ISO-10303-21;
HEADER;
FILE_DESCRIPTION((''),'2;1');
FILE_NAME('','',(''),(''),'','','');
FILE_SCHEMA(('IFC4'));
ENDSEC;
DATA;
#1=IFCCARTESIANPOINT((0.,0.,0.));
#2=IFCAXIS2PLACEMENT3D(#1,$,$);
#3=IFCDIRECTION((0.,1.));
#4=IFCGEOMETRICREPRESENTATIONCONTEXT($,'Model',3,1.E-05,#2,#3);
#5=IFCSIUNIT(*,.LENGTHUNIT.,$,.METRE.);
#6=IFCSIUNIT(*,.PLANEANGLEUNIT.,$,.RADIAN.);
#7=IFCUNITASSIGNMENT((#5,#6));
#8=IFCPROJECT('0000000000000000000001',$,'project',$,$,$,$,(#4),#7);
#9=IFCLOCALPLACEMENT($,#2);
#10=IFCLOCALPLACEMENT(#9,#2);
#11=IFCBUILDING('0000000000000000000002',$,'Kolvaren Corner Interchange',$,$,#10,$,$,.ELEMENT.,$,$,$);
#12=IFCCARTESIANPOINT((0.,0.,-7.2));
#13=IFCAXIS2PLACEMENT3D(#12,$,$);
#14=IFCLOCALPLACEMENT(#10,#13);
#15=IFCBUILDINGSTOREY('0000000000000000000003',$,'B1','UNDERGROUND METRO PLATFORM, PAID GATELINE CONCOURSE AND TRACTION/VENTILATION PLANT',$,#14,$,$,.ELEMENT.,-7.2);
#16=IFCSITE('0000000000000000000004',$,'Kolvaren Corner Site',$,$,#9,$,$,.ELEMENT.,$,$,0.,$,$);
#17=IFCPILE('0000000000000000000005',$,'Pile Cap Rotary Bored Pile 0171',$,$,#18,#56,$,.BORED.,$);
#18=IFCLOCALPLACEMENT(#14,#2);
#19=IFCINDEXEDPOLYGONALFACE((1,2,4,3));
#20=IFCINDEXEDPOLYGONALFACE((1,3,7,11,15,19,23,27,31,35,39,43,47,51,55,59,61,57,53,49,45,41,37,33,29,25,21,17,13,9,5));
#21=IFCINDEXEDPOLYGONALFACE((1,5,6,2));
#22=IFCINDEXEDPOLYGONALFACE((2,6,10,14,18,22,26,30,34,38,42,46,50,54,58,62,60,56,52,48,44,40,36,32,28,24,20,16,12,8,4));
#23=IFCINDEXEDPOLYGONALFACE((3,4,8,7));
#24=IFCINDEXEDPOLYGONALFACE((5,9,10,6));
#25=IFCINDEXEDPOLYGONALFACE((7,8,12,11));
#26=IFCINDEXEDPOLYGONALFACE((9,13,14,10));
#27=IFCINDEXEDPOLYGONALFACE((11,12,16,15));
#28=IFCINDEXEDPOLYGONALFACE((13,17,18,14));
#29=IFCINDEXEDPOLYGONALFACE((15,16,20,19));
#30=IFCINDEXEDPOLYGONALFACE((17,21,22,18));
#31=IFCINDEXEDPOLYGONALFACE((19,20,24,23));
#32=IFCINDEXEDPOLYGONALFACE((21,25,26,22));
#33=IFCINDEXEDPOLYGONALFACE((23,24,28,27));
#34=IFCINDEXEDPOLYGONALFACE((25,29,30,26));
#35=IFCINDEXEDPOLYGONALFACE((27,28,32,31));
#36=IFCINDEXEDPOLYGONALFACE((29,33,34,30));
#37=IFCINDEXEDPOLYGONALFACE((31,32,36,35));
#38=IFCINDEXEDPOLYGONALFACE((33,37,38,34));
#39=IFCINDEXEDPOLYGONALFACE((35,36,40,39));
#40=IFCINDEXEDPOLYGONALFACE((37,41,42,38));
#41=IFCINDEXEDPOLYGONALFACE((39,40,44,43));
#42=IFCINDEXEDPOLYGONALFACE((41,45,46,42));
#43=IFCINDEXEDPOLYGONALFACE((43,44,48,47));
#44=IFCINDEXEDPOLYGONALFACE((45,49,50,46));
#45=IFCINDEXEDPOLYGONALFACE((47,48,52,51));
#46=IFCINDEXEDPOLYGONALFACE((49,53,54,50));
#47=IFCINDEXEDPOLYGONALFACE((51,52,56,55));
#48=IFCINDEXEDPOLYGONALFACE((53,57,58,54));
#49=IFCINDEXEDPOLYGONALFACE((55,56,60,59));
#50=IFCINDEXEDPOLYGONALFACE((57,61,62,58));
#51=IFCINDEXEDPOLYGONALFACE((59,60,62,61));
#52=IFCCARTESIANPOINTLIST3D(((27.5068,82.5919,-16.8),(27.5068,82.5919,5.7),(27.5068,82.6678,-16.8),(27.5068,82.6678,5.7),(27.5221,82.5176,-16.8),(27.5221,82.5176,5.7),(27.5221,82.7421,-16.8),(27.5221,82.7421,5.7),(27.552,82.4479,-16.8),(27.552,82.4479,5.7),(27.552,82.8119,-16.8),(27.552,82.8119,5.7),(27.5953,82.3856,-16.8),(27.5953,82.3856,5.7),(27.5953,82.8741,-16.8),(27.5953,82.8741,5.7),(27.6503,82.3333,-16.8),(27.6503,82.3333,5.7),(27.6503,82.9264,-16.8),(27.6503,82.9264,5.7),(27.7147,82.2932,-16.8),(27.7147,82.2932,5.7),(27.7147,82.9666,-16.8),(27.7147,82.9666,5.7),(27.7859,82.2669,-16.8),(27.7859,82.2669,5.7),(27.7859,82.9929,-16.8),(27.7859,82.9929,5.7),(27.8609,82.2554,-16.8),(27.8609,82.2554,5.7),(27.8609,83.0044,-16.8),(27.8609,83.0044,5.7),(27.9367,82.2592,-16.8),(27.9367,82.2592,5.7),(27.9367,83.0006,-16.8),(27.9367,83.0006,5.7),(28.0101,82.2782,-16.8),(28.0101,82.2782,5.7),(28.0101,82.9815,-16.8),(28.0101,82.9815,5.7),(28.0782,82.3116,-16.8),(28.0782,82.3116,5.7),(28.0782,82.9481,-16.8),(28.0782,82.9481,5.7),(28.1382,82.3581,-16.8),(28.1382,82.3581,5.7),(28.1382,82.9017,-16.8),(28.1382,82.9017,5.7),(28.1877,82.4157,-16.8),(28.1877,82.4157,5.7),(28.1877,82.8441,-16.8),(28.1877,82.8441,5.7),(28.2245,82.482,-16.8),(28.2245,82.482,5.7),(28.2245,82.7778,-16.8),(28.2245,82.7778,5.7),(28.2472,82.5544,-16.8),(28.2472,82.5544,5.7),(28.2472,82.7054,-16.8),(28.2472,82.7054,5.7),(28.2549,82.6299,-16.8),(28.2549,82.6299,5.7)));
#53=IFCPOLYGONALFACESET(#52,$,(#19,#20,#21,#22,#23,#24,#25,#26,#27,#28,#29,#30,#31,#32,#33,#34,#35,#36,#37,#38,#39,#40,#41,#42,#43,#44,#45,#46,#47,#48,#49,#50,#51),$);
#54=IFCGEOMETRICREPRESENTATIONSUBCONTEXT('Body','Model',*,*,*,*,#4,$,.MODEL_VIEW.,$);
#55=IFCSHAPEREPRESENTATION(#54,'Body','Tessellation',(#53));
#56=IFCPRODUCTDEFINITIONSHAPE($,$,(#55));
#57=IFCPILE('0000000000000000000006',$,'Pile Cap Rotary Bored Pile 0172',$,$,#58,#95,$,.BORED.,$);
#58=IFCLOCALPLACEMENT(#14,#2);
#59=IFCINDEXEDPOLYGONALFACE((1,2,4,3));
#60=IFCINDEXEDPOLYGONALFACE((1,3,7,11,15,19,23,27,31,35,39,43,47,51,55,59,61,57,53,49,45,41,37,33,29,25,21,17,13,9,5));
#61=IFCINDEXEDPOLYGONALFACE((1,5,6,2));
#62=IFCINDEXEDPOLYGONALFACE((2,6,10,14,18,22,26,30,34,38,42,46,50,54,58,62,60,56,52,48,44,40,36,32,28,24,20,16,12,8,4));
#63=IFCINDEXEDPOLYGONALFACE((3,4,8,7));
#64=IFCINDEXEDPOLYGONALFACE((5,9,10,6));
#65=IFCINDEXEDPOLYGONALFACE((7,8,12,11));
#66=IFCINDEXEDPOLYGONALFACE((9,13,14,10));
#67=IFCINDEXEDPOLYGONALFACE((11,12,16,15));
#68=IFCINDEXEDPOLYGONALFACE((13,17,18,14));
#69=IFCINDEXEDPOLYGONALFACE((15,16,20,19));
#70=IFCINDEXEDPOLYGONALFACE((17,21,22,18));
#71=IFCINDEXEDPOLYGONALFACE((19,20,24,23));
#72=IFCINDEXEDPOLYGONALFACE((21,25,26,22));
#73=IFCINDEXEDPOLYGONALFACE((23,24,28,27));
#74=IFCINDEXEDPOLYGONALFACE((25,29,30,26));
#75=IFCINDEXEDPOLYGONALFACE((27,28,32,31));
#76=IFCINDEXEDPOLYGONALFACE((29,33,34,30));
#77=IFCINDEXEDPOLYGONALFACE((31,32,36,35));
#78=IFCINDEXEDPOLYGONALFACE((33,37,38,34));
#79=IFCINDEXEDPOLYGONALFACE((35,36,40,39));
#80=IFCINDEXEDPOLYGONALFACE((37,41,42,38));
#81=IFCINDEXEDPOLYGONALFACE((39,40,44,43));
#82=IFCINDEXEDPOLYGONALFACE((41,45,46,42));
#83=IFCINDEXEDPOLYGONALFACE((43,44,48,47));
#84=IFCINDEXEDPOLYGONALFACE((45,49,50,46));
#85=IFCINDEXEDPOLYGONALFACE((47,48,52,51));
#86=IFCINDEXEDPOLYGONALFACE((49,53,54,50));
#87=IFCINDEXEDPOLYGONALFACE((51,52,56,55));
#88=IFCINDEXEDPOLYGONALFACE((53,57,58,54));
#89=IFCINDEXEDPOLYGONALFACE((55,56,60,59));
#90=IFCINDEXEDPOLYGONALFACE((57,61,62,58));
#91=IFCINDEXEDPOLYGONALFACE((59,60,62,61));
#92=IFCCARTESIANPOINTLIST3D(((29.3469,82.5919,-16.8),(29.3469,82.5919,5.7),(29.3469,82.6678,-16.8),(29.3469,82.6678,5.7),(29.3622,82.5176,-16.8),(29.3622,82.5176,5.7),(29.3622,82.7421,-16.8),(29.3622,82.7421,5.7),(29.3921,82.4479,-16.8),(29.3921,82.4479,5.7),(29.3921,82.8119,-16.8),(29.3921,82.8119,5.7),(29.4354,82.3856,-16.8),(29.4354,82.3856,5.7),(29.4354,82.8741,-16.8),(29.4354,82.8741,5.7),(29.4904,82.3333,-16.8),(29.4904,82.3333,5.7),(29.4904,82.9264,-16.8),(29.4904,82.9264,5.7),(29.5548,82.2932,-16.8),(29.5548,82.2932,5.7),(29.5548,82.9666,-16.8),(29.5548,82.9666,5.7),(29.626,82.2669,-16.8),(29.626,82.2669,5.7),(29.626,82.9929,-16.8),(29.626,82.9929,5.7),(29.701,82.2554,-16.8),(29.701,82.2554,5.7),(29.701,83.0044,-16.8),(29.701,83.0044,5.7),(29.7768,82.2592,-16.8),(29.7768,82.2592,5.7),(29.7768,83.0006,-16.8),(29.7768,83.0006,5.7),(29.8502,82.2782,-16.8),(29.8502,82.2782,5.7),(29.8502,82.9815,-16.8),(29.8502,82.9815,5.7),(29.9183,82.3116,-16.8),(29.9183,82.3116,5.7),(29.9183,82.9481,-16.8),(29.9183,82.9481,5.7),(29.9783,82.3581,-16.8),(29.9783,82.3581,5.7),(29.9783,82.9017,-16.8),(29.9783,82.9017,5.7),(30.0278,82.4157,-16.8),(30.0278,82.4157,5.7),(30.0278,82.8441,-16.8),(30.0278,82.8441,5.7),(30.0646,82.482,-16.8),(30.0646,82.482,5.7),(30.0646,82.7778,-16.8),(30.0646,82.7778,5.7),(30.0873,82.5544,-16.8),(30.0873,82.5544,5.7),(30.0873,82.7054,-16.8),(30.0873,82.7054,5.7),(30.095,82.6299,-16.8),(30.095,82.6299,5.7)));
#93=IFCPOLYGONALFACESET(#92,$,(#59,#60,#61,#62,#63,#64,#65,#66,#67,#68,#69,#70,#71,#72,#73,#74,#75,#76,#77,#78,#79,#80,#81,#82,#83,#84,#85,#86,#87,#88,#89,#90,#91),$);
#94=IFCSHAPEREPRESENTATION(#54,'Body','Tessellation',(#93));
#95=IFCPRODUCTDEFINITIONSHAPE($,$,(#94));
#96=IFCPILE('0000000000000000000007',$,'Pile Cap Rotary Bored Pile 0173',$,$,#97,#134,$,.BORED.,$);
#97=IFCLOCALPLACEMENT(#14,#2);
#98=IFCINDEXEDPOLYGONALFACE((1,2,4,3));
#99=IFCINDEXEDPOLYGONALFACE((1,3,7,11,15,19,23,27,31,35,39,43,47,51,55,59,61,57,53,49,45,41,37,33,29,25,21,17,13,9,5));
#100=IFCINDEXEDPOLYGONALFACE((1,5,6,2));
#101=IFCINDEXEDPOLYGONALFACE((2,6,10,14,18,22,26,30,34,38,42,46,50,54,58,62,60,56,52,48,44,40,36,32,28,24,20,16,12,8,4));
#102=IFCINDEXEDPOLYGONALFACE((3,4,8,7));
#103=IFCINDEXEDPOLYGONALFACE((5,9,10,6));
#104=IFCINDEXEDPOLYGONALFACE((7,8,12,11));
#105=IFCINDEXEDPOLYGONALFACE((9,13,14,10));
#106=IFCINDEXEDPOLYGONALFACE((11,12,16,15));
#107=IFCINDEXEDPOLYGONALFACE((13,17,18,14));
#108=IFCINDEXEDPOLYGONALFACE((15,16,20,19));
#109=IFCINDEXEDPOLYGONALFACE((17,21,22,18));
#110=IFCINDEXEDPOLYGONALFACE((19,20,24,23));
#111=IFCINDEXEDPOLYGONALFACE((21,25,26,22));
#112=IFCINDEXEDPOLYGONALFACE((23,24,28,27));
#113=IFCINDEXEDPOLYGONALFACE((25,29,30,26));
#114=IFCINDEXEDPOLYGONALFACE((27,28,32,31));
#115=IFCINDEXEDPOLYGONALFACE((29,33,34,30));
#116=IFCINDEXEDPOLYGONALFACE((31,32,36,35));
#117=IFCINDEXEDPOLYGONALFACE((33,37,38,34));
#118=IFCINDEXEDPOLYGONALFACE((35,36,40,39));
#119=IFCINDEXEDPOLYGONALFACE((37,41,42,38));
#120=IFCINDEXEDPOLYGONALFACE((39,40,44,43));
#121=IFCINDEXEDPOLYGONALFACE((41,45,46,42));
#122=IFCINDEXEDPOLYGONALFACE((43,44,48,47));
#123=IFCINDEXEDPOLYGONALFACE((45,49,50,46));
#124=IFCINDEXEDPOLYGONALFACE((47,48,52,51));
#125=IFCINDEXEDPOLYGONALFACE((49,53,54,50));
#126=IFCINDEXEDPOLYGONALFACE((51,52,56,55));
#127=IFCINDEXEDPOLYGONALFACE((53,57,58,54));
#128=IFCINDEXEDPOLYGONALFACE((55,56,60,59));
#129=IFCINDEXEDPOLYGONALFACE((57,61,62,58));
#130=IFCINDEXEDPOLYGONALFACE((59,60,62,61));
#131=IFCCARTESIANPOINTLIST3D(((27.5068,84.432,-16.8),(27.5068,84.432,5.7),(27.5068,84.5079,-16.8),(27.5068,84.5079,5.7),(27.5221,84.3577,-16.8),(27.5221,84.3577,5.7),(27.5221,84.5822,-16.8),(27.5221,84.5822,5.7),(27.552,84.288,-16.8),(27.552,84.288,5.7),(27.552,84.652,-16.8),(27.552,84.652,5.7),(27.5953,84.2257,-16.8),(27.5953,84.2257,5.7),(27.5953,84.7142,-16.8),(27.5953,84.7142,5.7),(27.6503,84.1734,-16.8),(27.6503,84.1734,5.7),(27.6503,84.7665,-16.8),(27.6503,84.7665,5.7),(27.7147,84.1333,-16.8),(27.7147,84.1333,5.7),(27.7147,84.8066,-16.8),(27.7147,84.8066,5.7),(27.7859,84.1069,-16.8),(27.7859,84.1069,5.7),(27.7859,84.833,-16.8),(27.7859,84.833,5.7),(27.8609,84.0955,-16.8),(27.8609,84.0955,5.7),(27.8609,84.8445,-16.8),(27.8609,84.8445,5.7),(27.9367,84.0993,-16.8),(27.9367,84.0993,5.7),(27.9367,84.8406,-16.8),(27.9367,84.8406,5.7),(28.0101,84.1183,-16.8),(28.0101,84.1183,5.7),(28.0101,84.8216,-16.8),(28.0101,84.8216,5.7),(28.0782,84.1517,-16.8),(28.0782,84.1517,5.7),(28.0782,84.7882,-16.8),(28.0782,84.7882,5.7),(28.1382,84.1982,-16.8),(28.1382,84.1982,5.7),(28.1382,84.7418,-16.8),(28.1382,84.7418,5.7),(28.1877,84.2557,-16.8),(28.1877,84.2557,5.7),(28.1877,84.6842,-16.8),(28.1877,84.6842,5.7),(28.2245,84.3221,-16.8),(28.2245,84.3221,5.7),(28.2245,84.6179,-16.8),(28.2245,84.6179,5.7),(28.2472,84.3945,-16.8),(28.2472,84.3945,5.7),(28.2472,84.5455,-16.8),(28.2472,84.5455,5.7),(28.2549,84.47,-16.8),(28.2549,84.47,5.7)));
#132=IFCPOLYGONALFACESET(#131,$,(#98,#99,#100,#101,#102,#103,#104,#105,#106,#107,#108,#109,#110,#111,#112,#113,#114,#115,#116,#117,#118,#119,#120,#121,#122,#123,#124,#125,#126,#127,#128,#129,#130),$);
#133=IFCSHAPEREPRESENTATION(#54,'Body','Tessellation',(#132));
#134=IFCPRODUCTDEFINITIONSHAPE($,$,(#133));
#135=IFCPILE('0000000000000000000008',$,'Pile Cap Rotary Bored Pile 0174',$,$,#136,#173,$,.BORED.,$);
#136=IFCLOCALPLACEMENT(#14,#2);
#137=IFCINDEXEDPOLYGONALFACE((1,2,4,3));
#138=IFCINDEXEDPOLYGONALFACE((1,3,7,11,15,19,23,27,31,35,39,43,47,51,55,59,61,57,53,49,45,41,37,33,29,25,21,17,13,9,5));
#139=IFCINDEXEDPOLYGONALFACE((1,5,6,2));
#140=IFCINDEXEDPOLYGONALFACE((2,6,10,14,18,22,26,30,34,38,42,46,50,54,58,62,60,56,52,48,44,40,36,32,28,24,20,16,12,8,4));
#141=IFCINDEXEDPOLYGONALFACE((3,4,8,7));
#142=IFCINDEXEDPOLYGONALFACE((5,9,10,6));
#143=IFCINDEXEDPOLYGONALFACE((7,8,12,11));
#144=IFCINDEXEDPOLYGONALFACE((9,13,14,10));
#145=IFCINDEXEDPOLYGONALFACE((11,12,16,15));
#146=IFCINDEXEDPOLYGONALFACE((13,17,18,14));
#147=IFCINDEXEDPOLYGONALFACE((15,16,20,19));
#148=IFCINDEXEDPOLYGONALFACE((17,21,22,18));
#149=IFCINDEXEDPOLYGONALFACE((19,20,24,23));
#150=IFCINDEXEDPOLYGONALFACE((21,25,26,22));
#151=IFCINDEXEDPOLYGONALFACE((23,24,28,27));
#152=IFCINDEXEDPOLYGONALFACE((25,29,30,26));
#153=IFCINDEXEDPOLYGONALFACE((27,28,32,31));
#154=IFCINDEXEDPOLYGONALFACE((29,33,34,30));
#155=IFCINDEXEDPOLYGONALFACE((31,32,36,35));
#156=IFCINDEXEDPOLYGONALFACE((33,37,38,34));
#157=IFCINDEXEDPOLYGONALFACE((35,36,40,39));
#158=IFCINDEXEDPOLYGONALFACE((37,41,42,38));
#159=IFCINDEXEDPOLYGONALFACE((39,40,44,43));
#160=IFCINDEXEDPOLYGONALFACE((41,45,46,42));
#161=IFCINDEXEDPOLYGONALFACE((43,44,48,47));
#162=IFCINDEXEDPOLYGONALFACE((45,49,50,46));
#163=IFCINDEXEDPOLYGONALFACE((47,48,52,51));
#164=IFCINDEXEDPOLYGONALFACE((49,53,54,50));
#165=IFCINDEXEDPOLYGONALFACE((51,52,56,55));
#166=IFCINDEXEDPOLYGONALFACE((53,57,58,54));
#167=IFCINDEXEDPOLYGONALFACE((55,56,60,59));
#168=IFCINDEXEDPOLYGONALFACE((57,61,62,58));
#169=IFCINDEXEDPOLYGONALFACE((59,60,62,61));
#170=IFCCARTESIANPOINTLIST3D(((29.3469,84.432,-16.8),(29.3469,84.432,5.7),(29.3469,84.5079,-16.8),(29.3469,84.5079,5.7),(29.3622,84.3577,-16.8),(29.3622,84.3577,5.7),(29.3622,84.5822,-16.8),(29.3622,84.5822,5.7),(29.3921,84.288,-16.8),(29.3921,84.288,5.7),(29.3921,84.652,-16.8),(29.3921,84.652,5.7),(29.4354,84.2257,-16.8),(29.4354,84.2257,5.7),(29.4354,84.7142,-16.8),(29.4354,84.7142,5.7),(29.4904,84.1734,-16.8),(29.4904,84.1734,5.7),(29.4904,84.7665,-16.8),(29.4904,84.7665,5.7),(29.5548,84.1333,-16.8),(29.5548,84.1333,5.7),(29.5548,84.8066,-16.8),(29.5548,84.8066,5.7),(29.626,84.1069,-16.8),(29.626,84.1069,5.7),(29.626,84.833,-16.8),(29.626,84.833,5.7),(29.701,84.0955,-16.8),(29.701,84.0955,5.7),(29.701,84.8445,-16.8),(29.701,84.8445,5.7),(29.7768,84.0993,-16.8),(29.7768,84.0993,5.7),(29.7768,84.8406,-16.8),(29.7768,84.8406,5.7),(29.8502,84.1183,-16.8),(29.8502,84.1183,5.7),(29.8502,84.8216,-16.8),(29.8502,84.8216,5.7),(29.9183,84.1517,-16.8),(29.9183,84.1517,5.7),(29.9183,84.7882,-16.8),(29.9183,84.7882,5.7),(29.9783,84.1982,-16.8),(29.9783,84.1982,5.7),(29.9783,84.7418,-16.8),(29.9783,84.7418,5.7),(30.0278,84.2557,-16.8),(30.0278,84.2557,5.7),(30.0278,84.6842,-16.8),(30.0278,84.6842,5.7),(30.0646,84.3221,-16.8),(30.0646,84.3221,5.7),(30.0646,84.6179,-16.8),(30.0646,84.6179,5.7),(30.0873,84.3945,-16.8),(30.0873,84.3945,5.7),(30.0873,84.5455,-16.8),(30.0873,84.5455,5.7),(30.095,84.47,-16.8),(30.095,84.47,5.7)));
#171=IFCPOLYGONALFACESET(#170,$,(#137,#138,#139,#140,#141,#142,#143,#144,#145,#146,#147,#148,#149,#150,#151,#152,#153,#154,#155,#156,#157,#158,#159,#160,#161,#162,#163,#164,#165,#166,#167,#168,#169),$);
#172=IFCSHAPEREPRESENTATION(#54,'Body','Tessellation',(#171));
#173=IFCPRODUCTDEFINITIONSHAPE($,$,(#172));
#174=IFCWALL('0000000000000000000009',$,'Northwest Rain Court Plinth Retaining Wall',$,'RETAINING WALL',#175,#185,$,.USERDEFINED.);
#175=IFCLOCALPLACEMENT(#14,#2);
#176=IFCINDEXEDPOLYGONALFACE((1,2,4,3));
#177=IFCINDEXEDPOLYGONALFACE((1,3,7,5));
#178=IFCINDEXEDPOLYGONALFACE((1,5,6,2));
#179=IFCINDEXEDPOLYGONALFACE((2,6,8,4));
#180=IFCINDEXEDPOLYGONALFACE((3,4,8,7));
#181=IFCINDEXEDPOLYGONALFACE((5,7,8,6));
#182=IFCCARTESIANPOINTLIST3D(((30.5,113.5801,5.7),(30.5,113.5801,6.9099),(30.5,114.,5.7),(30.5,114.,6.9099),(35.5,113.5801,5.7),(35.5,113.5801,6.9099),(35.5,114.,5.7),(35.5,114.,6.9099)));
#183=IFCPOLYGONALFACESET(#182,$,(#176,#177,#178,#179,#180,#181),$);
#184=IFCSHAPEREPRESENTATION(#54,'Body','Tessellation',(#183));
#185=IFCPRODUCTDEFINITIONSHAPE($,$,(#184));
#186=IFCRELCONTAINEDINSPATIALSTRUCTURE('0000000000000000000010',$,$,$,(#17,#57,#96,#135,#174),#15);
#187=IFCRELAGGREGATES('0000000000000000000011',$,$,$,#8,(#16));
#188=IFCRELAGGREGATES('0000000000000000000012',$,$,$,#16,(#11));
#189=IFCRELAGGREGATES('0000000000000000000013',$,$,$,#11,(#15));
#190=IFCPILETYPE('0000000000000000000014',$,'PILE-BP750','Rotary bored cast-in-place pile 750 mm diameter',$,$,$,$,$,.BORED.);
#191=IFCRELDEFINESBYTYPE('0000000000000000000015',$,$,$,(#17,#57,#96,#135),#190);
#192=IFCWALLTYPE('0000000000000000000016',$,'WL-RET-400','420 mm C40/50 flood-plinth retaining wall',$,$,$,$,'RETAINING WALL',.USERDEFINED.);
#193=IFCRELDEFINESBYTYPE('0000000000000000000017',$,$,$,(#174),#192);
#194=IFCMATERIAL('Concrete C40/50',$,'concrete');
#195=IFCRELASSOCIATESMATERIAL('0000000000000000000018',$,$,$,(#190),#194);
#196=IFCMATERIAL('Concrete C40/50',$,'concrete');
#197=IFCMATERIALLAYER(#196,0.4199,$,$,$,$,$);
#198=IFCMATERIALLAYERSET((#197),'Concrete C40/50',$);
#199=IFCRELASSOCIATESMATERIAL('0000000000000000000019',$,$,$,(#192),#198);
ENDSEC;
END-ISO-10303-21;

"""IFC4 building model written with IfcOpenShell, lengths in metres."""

from ifc_helpers import new_model, si_unit, direction, frame, frame_2d, origin, origin_2d, place, context, subcontext, project, spatial, rectangle, circle, extrude, material, layer, layer_set, material_profile, profile_set, type_object, element, save


model = new_model("IFC4")

# Units and contexts
model_context = context("Model", 3, precision=1e-05, world=origin(), true_north=direction((0.0, 1.0)))
body_context = subcontext(model_context, "Body", "Model", "MODEL_VIEW")
ifc_project = project(units=[si_unit("LENGTHUNIT", "METRE"), si_unit("PLANEANGLEUNIT", "RADIAN")], contexts=[model_context])

# Site, building, storey
site_placement = place(None, origin())
site = spatial("IfcSite", under=ifc_project, at=site_placement, Name="Kolvaren Corner Site", CompositionType="ELEMENT", RefElevation=0.0)
building_placement = place(site_placement, origin())
building = spatial("IfcBuilding", under=site, at=building_placement, Name="Kolvaren Corner Interchange", CompositionType="ELEMENT")
storey_placement = place(building_placement, frame((0.0, 0.0, -7.2)))
storey = spatial("IfcBuildingStorey", under=building, at=storey_placement, Name="B1", Description="UNDERGROUND METRO PLATFORM, PAID GATELINE CONCOURSE AND TRACTION/VENTILATION PLANT", CompositionType="ELEMENT", Elevation=-7.2)

# Piles
ifc_material_1 = material(Name="Concrete C40/50", Category="concrete")
ifc_material_profile_1 = material_profile(ifc_material_1, circle(Radius=0.375, at=origin_2d()), Name="BORED PILE 750")
ifc_profile_set_1 = profile_set([ifc_material_profile_1], Name="Concrete C40/50")
pile_type_1 = type_object("IfcPileType", Name="PILE-BP750", Description="Rotary bored cast-in-place pile 750 mm diameter", PredefinedType="BORED", material=ifc_profile_set_1)
for number, where, z_axis, x_axis, name in (
    (1, (27.8799, 82.6299, 5.7), (0.0, 0.0, -1.0), (1.0, 0.0, 0.0), "Pile Cap Rotary Bored Pile 0171"),
    (2, (29.72, 82.6299, 5.7), (0.0, 0.0, -1.0), (1.0, 0.0, 0.0), "Pile Cap Rotary Bored Pile 0172"),
    (3, (27.8799, 84.47, 5.7), (0.0, 0.0, -1.0), (1.0, 0.0, 0.0), "Pile Cap Rotary Bored Pile 0173"),
    (4, (29.72, 84.47, 5.7), (0.0, 0.0, -1.0), (1.0, 0.0, 0.0), "Pile Cap Rotary Bored Pile 0174"),
):
    element("IfcPile", number, at=place(storey_placement, frame(where, z_axis=z_axis, x_axis=x_axis)), inside=storey, type_object=pile_type_1, Name=name, PredefinedType="BORED", context=body_context, shape_type="SweptSolid", body=[
        extrude(circle(Radius=0.375, at=origin_2d()), origin(), (0.0, 0.0, 1.0), 22.5),
    ])

# Wall
ifc_material_2 = material(Name="Concrete C40/50", Category="concrete")
ifc_layer = layer(ifc_material_2, 0.4199)
ifc_layer_set = layer_set([ifc_layer], Name="Concrete C40/50")
wall_type = type_object("IfcWallType", Name="WL-RET-400", Description="420 mm C40/50 flood-plinth retaining wall", ElementType="RETAINING WALL", PredefinedType="USERDEFINED", material=ifc_layer_set)
wall_placement = place(storey_placement, frame((30.5, 113.79, 5.7), z_axis=(0.0, 0.0, 1.0), x_axis=(1.0, 0.0, 0.0)))
element("IfcWall", 5, at=wall_placement, inside=storey, type_object=wall_type, Name="Northwest Rain Court Plinth Retaining Wall", ObjectType="RETAINING WALL", PredefinedType="USERDEFINED", context=body_context, shape_type="SweptSolid", body=[
    extrude(rectangle(XDim=5.0, YDim=0.4199, at=frame_2d((2.5, 0.0))), origin(), (0.0, 0.0, 1.0), 1.21),
])

save(model, "model.ifc")
